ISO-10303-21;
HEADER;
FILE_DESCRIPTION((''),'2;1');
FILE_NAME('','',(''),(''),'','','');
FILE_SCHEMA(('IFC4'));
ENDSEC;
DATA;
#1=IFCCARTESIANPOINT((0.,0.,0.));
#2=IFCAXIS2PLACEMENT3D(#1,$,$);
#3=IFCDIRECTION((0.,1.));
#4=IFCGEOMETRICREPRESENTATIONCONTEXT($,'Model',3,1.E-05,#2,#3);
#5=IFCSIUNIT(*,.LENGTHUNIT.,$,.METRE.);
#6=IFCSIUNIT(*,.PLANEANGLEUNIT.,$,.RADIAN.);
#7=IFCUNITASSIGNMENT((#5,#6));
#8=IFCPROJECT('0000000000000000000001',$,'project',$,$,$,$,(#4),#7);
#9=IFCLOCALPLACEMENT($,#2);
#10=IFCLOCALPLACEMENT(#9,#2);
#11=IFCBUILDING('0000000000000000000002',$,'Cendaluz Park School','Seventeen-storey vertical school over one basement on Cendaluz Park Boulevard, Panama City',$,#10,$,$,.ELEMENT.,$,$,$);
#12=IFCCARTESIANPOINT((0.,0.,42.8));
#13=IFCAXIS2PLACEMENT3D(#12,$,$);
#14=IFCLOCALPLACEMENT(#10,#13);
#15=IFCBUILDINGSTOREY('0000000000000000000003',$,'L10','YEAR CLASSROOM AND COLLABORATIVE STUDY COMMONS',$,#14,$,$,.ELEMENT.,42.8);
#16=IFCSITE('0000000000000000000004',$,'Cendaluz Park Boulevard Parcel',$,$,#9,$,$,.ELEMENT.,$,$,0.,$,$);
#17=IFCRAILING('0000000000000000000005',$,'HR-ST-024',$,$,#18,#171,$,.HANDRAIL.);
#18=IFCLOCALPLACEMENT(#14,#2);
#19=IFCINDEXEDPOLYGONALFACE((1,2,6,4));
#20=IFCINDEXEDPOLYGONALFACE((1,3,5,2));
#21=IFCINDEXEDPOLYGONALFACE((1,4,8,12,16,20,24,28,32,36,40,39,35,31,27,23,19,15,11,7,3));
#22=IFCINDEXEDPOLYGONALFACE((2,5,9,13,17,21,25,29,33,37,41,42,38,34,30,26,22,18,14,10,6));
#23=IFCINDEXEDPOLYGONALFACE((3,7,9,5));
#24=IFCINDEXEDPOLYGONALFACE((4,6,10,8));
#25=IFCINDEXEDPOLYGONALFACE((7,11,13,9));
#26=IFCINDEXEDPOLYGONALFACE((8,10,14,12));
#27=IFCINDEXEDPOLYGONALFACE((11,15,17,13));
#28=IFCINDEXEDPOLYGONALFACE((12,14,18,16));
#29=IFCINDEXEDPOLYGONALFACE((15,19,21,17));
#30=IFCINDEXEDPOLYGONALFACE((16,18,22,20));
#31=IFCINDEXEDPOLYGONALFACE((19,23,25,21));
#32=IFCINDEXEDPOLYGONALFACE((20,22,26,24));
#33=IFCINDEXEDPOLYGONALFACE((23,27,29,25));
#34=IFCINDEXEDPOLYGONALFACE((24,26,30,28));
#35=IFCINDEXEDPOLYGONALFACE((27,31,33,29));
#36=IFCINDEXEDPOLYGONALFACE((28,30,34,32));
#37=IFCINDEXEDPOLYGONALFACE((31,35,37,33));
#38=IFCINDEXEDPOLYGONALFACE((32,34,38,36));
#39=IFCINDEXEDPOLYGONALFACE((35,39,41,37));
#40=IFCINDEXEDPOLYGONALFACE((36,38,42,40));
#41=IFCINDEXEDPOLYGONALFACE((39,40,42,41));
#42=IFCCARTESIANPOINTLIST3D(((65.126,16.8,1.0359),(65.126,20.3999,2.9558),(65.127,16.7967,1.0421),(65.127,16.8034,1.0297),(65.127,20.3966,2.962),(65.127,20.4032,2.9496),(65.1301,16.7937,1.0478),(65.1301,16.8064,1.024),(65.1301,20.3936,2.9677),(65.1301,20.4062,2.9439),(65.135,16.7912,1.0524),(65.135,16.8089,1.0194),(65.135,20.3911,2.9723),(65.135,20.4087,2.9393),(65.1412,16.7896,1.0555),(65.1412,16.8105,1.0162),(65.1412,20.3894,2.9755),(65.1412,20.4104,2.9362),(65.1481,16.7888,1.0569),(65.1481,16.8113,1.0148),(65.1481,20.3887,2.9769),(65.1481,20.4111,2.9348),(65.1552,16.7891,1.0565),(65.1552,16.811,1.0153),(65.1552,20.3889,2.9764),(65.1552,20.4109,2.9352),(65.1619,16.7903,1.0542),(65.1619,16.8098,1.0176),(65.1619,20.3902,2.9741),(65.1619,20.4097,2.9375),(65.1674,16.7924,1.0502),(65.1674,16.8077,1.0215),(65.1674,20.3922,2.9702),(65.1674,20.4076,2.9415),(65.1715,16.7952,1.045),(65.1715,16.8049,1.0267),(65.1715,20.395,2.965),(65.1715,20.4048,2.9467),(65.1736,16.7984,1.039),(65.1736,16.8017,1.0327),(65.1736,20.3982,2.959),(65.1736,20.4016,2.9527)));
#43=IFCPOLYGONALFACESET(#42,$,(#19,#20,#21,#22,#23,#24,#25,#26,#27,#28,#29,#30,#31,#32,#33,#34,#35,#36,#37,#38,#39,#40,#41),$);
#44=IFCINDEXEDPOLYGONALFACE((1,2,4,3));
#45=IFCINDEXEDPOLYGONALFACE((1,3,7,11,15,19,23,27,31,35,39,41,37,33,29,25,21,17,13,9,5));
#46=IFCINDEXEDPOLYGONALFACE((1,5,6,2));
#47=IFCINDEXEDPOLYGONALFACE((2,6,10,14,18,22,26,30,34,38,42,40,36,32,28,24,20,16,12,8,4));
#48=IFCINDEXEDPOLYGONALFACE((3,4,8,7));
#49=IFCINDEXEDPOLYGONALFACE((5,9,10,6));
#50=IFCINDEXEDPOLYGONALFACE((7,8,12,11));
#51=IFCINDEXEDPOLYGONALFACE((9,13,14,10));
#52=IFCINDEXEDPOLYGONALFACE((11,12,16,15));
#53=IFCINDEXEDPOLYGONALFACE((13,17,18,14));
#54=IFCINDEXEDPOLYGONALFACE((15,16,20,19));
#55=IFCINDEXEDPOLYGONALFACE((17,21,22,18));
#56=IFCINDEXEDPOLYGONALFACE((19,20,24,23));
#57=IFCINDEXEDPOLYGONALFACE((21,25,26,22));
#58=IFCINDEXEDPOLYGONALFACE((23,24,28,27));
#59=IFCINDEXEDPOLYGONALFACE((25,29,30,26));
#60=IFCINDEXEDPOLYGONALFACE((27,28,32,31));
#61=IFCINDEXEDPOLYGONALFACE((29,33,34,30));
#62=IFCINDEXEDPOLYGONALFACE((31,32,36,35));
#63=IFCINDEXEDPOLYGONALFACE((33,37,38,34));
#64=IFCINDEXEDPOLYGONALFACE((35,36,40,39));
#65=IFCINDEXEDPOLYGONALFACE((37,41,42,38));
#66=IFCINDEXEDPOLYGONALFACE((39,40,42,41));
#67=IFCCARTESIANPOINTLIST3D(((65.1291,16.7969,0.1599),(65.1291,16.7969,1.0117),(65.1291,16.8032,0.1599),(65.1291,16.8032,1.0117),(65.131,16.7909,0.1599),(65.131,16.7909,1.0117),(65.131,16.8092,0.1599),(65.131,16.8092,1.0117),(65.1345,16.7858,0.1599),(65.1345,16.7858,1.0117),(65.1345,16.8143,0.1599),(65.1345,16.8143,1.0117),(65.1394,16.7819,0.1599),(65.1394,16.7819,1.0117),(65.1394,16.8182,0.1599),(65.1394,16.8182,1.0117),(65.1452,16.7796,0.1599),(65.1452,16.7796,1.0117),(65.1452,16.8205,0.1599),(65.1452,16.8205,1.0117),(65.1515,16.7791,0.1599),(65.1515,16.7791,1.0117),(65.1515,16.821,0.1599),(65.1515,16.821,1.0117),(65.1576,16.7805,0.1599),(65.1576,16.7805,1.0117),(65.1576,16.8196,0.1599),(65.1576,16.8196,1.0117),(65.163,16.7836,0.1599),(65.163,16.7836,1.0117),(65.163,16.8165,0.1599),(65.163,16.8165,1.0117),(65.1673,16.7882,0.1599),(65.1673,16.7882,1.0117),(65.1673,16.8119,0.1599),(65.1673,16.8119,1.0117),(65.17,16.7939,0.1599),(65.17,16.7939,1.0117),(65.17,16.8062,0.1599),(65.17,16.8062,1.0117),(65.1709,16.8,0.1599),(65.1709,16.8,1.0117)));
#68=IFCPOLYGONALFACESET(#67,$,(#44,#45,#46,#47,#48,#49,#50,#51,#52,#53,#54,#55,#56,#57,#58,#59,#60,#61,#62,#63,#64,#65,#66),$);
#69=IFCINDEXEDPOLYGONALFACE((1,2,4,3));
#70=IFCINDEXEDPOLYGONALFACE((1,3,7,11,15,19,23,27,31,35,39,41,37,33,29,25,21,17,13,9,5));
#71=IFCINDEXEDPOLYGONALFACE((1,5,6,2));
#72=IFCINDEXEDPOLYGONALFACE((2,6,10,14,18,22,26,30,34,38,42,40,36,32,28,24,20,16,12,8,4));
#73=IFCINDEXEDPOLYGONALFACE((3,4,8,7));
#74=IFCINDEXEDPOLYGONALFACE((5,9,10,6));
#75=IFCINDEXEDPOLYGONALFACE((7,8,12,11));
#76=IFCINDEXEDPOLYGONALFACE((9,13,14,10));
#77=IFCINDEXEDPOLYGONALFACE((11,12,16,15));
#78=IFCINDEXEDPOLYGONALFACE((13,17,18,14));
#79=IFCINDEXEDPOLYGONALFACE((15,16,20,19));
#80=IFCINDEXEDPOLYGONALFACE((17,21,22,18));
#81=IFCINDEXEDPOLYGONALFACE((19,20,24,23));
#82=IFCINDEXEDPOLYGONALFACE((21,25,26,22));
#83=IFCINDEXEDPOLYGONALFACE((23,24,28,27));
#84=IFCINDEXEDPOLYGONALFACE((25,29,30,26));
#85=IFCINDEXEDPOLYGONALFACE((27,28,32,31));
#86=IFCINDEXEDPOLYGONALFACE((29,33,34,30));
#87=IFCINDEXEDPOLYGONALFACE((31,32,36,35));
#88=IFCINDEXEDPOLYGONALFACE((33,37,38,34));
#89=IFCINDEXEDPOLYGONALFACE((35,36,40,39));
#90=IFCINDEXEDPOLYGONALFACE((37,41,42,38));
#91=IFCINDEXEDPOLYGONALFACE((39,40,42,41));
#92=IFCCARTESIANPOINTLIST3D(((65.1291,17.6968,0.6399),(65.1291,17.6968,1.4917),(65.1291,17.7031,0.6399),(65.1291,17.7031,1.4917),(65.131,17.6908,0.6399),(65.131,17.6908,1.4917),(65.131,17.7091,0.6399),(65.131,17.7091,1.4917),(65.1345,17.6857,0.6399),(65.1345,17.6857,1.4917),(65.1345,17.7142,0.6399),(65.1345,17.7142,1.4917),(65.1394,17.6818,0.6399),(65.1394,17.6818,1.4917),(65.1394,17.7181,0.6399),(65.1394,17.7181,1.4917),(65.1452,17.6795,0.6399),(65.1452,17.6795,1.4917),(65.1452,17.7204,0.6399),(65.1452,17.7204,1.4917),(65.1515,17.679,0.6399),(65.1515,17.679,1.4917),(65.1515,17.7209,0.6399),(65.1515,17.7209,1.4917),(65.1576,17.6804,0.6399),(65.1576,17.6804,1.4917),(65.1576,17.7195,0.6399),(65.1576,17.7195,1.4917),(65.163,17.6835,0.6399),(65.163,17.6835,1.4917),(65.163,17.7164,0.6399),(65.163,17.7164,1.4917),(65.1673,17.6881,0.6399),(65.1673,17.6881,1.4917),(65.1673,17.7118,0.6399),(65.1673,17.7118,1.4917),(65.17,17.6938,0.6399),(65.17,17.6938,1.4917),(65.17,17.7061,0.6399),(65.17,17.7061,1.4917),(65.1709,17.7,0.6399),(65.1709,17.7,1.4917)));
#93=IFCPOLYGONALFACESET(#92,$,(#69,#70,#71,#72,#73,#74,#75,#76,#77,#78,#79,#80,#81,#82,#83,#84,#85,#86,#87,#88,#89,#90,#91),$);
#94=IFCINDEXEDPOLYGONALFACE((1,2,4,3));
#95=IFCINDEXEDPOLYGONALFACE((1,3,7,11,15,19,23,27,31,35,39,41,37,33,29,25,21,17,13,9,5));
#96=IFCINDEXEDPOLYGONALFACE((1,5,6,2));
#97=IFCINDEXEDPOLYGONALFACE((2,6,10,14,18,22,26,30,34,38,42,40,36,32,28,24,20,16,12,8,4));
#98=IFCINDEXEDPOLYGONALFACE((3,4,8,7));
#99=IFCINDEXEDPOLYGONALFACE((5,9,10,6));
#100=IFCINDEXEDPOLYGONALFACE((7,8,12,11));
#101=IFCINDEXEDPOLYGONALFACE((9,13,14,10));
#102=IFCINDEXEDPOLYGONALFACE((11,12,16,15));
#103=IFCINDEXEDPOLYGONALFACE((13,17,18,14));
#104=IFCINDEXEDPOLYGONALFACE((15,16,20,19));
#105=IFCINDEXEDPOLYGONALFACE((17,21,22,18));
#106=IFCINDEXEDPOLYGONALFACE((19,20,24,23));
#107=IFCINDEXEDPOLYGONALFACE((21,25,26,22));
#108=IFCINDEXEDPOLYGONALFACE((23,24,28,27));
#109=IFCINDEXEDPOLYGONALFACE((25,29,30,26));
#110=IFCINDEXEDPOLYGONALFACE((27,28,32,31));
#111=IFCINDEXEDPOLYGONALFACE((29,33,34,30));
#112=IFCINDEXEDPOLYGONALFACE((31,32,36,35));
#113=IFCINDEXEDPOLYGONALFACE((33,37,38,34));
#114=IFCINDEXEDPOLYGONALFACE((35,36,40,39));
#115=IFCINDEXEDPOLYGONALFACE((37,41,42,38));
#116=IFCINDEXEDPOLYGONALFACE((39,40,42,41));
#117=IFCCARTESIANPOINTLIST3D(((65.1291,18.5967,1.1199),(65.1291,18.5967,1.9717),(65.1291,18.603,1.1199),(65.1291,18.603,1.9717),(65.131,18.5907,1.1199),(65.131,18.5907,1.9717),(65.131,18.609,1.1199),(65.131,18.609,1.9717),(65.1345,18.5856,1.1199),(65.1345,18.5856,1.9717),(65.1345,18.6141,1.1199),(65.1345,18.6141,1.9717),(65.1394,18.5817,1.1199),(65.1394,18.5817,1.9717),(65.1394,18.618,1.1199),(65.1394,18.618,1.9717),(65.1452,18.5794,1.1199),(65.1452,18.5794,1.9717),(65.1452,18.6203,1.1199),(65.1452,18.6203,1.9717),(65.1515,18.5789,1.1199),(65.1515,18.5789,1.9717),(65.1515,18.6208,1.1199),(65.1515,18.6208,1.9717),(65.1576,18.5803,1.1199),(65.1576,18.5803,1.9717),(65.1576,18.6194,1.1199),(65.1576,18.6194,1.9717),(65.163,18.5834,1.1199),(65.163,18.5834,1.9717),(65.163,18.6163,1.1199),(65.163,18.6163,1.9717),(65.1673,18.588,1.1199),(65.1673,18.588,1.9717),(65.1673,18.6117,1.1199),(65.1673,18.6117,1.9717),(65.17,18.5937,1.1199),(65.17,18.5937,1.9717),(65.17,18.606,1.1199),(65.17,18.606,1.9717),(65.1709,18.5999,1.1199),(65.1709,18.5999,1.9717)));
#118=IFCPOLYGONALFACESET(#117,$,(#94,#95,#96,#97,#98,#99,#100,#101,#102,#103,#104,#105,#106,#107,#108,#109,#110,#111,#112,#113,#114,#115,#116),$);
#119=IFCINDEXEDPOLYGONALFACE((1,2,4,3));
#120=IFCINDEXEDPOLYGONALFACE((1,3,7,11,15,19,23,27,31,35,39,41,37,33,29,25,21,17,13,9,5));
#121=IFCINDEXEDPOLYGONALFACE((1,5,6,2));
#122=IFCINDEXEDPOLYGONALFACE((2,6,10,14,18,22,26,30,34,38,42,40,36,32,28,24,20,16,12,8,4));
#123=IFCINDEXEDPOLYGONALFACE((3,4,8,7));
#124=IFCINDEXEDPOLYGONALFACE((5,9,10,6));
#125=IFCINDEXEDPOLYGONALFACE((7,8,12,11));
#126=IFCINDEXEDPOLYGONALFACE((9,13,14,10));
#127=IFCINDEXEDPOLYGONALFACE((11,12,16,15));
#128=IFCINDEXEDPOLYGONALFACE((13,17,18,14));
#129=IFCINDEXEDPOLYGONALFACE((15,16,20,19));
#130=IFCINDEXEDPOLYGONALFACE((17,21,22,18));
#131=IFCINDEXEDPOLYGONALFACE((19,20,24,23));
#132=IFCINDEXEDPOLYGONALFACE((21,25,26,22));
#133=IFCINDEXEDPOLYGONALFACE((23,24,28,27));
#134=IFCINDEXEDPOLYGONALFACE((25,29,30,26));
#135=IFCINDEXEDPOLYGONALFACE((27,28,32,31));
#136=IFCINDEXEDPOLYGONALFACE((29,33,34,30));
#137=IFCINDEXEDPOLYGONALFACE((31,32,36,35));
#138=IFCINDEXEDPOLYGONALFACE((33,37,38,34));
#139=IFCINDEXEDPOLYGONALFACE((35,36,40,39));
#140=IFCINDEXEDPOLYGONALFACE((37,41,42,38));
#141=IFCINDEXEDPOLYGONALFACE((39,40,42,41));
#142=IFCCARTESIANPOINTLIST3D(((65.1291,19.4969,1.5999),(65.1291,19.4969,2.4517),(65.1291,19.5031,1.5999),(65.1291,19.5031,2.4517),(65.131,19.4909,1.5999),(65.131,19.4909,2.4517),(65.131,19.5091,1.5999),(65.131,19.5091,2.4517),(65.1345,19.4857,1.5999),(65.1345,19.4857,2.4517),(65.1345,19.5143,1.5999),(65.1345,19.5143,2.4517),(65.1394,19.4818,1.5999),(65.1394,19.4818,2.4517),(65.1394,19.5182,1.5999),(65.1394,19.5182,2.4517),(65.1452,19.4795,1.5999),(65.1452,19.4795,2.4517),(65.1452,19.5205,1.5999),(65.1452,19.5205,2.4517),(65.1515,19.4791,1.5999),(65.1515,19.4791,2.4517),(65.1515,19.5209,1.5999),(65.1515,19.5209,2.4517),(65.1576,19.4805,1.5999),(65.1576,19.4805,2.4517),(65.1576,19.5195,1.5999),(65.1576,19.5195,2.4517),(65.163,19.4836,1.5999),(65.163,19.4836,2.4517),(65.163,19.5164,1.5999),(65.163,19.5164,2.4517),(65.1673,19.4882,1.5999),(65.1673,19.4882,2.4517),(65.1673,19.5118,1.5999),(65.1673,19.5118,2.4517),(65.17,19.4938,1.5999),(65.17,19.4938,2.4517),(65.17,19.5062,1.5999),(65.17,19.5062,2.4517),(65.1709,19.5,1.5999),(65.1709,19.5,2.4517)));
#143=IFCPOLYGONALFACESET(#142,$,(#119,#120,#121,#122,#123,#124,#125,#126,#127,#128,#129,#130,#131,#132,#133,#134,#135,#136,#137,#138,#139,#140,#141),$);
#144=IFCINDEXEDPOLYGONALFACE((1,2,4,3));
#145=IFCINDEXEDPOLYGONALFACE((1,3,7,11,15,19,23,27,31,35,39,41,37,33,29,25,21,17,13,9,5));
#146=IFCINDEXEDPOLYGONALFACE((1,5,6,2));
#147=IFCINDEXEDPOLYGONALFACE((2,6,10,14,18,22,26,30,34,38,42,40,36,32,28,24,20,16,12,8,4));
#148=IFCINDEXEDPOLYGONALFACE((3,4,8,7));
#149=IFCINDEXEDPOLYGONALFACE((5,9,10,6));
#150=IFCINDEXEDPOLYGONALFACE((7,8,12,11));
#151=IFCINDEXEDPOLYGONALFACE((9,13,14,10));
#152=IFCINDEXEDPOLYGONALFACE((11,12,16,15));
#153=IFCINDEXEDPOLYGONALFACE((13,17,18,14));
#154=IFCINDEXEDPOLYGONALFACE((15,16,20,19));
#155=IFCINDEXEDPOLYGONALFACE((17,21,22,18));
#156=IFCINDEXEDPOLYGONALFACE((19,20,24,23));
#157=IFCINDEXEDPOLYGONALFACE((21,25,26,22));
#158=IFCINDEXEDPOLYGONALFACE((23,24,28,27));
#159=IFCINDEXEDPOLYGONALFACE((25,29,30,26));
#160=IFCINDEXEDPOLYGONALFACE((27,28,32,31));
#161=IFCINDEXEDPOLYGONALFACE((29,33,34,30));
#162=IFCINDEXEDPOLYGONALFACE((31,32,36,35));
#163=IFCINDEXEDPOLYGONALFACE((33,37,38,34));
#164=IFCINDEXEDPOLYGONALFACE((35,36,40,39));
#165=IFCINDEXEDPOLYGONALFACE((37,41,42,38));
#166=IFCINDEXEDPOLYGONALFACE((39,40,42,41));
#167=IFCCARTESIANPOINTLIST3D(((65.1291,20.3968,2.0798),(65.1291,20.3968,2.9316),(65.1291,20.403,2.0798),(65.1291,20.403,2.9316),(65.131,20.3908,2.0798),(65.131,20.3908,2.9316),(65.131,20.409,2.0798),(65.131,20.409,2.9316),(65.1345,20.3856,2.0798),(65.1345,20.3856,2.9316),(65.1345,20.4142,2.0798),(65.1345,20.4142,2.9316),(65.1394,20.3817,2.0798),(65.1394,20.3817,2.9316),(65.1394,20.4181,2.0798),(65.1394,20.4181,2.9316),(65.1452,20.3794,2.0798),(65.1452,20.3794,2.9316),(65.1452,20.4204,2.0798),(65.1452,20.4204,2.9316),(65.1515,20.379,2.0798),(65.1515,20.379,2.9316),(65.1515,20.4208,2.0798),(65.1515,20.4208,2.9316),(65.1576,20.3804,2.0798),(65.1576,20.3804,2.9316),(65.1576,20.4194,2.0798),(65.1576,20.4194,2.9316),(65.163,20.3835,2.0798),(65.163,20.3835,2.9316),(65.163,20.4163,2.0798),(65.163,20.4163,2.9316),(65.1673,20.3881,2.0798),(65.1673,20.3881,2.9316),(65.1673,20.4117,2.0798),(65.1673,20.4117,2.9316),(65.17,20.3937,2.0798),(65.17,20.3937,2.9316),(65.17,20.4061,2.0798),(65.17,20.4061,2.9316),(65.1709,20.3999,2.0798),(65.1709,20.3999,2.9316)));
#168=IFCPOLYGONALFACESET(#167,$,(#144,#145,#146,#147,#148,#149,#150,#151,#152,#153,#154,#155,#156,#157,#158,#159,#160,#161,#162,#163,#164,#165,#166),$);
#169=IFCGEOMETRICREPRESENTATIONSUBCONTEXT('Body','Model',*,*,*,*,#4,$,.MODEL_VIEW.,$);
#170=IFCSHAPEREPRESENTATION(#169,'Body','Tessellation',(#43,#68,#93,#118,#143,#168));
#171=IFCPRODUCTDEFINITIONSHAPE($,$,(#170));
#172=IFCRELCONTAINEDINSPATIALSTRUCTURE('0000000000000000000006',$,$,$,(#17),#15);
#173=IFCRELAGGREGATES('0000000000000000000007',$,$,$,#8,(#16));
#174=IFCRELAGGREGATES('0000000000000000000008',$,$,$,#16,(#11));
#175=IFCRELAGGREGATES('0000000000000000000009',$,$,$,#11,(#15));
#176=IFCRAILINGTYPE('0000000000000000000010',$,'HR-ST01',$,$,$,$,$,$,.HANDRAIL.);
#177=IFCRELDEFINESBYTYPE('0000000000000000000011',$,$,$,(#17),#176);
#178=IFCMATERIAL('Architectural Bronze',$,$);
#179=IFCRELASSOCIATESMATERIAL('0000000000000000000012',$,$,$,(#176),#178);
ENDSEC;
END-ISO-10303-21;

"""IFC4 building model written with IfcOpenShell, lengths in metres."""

from ifc_helpers import new_model, si_unit, direction, frame, origin, origin_2d, place, context, subcontext, project, spatial, circle, extrude, material, type_object, element, save


model = new_model("IFC4")

# Units and contexts
model_context = context("Model", 3, precision=1e-05, world=origin(), true_north=direction((0.0, 1.0)))
body_context = subcontext(model_context, "Body", "Model", "MODEL_VIEW")
ifc_project = project(units=[si_unit("LENGTHUNIT", "METRE"), si_unit("PLANEANGLEUNIT", "RADIAN")], contexts=[model_context])

# Site, building, storey
site_placement = place(None, origin())
site = spatial("IfcSite", under=ifc_project, at=site_placement, Name="Cendaluz Park Boulevard Parcel", CompositionType="ELEMENT", RefElevation=0.0)
building_placement = place(site_placement, origin())
building = spatial("IfcBuilding", under=site, at=building_placement, Name="Cendaluz Park School", Description="Seventeen-storey vertical school over one basement on Cendaluz Park Boulevard, Panama City", CompositionType="ELEMENT")
storey_placement = place(building_placement, frame((0.0, 0.0, 42.8)))
storey = spatial("IfcBuildingStorey", under=building, at=storey_placement, Name="L10", Description="YEAR CLASSROOM AND COLLABORATIVE STUDY COMMONS", CompositionType="ELEMENT", Elevation=42.8)

# Railing
ifc_material_1 = material(Name="Architectural Bronze")
railing_type_1 = type_object("IfcRailingType", Name="HR-ST01", PredefinedType="HANDRAIL", material=ifc_material_1)
railing_1_placement = place(storey_placement, frame((65.1499, 16.8, 0.1599)))
element("IfcRailing", 1, at=railing_1_placement, inside=storey, type_object=railing_type_1, Name="HR-ST-024", PredefinedType="HANDRAIL", context=body_context, shape_type="SweptSolid", body=[
    extrude(circle(Radius=0.0239, at=origin_2d()), frame((0.0, 0.0, 0.876), z_axis=(0.0, 0.882353, 0.470588), x_axis=(-1.0, 0.0, 0.0)), (0.0, 0.0, 1.0), 4.0798),
    extrude(circle(Radius=0.021, at=origin_2d()), origin(), (0.0, 0.0, 1.0), 0.8518),
    extrude(circle(Radius=0.021, at=origin_2d()), frame((0.0, 0.8999, 0.48)), (0.0, 0.0, 1.0), 0.8518),
    extrude(circle(Radius=0.021, at=origin_2d()), frame((0.0, 1.7998, 0.96)), (0.0, 0.0, 1.0), 0.8518),
    extrude(circle(Radius=0.021, at=origin_2d()), frame((0.0, 2.7, 1.4399)), (0.0, 0.0, 1.0), 0.8518),
    extrude(circle(Radius=0.021, at=origin_2d()), frame((0.0, 3.5999, 1.9199)), (0.0, 0.0, 1.0), 0.8518),
])

save(model, "model.ifc")
